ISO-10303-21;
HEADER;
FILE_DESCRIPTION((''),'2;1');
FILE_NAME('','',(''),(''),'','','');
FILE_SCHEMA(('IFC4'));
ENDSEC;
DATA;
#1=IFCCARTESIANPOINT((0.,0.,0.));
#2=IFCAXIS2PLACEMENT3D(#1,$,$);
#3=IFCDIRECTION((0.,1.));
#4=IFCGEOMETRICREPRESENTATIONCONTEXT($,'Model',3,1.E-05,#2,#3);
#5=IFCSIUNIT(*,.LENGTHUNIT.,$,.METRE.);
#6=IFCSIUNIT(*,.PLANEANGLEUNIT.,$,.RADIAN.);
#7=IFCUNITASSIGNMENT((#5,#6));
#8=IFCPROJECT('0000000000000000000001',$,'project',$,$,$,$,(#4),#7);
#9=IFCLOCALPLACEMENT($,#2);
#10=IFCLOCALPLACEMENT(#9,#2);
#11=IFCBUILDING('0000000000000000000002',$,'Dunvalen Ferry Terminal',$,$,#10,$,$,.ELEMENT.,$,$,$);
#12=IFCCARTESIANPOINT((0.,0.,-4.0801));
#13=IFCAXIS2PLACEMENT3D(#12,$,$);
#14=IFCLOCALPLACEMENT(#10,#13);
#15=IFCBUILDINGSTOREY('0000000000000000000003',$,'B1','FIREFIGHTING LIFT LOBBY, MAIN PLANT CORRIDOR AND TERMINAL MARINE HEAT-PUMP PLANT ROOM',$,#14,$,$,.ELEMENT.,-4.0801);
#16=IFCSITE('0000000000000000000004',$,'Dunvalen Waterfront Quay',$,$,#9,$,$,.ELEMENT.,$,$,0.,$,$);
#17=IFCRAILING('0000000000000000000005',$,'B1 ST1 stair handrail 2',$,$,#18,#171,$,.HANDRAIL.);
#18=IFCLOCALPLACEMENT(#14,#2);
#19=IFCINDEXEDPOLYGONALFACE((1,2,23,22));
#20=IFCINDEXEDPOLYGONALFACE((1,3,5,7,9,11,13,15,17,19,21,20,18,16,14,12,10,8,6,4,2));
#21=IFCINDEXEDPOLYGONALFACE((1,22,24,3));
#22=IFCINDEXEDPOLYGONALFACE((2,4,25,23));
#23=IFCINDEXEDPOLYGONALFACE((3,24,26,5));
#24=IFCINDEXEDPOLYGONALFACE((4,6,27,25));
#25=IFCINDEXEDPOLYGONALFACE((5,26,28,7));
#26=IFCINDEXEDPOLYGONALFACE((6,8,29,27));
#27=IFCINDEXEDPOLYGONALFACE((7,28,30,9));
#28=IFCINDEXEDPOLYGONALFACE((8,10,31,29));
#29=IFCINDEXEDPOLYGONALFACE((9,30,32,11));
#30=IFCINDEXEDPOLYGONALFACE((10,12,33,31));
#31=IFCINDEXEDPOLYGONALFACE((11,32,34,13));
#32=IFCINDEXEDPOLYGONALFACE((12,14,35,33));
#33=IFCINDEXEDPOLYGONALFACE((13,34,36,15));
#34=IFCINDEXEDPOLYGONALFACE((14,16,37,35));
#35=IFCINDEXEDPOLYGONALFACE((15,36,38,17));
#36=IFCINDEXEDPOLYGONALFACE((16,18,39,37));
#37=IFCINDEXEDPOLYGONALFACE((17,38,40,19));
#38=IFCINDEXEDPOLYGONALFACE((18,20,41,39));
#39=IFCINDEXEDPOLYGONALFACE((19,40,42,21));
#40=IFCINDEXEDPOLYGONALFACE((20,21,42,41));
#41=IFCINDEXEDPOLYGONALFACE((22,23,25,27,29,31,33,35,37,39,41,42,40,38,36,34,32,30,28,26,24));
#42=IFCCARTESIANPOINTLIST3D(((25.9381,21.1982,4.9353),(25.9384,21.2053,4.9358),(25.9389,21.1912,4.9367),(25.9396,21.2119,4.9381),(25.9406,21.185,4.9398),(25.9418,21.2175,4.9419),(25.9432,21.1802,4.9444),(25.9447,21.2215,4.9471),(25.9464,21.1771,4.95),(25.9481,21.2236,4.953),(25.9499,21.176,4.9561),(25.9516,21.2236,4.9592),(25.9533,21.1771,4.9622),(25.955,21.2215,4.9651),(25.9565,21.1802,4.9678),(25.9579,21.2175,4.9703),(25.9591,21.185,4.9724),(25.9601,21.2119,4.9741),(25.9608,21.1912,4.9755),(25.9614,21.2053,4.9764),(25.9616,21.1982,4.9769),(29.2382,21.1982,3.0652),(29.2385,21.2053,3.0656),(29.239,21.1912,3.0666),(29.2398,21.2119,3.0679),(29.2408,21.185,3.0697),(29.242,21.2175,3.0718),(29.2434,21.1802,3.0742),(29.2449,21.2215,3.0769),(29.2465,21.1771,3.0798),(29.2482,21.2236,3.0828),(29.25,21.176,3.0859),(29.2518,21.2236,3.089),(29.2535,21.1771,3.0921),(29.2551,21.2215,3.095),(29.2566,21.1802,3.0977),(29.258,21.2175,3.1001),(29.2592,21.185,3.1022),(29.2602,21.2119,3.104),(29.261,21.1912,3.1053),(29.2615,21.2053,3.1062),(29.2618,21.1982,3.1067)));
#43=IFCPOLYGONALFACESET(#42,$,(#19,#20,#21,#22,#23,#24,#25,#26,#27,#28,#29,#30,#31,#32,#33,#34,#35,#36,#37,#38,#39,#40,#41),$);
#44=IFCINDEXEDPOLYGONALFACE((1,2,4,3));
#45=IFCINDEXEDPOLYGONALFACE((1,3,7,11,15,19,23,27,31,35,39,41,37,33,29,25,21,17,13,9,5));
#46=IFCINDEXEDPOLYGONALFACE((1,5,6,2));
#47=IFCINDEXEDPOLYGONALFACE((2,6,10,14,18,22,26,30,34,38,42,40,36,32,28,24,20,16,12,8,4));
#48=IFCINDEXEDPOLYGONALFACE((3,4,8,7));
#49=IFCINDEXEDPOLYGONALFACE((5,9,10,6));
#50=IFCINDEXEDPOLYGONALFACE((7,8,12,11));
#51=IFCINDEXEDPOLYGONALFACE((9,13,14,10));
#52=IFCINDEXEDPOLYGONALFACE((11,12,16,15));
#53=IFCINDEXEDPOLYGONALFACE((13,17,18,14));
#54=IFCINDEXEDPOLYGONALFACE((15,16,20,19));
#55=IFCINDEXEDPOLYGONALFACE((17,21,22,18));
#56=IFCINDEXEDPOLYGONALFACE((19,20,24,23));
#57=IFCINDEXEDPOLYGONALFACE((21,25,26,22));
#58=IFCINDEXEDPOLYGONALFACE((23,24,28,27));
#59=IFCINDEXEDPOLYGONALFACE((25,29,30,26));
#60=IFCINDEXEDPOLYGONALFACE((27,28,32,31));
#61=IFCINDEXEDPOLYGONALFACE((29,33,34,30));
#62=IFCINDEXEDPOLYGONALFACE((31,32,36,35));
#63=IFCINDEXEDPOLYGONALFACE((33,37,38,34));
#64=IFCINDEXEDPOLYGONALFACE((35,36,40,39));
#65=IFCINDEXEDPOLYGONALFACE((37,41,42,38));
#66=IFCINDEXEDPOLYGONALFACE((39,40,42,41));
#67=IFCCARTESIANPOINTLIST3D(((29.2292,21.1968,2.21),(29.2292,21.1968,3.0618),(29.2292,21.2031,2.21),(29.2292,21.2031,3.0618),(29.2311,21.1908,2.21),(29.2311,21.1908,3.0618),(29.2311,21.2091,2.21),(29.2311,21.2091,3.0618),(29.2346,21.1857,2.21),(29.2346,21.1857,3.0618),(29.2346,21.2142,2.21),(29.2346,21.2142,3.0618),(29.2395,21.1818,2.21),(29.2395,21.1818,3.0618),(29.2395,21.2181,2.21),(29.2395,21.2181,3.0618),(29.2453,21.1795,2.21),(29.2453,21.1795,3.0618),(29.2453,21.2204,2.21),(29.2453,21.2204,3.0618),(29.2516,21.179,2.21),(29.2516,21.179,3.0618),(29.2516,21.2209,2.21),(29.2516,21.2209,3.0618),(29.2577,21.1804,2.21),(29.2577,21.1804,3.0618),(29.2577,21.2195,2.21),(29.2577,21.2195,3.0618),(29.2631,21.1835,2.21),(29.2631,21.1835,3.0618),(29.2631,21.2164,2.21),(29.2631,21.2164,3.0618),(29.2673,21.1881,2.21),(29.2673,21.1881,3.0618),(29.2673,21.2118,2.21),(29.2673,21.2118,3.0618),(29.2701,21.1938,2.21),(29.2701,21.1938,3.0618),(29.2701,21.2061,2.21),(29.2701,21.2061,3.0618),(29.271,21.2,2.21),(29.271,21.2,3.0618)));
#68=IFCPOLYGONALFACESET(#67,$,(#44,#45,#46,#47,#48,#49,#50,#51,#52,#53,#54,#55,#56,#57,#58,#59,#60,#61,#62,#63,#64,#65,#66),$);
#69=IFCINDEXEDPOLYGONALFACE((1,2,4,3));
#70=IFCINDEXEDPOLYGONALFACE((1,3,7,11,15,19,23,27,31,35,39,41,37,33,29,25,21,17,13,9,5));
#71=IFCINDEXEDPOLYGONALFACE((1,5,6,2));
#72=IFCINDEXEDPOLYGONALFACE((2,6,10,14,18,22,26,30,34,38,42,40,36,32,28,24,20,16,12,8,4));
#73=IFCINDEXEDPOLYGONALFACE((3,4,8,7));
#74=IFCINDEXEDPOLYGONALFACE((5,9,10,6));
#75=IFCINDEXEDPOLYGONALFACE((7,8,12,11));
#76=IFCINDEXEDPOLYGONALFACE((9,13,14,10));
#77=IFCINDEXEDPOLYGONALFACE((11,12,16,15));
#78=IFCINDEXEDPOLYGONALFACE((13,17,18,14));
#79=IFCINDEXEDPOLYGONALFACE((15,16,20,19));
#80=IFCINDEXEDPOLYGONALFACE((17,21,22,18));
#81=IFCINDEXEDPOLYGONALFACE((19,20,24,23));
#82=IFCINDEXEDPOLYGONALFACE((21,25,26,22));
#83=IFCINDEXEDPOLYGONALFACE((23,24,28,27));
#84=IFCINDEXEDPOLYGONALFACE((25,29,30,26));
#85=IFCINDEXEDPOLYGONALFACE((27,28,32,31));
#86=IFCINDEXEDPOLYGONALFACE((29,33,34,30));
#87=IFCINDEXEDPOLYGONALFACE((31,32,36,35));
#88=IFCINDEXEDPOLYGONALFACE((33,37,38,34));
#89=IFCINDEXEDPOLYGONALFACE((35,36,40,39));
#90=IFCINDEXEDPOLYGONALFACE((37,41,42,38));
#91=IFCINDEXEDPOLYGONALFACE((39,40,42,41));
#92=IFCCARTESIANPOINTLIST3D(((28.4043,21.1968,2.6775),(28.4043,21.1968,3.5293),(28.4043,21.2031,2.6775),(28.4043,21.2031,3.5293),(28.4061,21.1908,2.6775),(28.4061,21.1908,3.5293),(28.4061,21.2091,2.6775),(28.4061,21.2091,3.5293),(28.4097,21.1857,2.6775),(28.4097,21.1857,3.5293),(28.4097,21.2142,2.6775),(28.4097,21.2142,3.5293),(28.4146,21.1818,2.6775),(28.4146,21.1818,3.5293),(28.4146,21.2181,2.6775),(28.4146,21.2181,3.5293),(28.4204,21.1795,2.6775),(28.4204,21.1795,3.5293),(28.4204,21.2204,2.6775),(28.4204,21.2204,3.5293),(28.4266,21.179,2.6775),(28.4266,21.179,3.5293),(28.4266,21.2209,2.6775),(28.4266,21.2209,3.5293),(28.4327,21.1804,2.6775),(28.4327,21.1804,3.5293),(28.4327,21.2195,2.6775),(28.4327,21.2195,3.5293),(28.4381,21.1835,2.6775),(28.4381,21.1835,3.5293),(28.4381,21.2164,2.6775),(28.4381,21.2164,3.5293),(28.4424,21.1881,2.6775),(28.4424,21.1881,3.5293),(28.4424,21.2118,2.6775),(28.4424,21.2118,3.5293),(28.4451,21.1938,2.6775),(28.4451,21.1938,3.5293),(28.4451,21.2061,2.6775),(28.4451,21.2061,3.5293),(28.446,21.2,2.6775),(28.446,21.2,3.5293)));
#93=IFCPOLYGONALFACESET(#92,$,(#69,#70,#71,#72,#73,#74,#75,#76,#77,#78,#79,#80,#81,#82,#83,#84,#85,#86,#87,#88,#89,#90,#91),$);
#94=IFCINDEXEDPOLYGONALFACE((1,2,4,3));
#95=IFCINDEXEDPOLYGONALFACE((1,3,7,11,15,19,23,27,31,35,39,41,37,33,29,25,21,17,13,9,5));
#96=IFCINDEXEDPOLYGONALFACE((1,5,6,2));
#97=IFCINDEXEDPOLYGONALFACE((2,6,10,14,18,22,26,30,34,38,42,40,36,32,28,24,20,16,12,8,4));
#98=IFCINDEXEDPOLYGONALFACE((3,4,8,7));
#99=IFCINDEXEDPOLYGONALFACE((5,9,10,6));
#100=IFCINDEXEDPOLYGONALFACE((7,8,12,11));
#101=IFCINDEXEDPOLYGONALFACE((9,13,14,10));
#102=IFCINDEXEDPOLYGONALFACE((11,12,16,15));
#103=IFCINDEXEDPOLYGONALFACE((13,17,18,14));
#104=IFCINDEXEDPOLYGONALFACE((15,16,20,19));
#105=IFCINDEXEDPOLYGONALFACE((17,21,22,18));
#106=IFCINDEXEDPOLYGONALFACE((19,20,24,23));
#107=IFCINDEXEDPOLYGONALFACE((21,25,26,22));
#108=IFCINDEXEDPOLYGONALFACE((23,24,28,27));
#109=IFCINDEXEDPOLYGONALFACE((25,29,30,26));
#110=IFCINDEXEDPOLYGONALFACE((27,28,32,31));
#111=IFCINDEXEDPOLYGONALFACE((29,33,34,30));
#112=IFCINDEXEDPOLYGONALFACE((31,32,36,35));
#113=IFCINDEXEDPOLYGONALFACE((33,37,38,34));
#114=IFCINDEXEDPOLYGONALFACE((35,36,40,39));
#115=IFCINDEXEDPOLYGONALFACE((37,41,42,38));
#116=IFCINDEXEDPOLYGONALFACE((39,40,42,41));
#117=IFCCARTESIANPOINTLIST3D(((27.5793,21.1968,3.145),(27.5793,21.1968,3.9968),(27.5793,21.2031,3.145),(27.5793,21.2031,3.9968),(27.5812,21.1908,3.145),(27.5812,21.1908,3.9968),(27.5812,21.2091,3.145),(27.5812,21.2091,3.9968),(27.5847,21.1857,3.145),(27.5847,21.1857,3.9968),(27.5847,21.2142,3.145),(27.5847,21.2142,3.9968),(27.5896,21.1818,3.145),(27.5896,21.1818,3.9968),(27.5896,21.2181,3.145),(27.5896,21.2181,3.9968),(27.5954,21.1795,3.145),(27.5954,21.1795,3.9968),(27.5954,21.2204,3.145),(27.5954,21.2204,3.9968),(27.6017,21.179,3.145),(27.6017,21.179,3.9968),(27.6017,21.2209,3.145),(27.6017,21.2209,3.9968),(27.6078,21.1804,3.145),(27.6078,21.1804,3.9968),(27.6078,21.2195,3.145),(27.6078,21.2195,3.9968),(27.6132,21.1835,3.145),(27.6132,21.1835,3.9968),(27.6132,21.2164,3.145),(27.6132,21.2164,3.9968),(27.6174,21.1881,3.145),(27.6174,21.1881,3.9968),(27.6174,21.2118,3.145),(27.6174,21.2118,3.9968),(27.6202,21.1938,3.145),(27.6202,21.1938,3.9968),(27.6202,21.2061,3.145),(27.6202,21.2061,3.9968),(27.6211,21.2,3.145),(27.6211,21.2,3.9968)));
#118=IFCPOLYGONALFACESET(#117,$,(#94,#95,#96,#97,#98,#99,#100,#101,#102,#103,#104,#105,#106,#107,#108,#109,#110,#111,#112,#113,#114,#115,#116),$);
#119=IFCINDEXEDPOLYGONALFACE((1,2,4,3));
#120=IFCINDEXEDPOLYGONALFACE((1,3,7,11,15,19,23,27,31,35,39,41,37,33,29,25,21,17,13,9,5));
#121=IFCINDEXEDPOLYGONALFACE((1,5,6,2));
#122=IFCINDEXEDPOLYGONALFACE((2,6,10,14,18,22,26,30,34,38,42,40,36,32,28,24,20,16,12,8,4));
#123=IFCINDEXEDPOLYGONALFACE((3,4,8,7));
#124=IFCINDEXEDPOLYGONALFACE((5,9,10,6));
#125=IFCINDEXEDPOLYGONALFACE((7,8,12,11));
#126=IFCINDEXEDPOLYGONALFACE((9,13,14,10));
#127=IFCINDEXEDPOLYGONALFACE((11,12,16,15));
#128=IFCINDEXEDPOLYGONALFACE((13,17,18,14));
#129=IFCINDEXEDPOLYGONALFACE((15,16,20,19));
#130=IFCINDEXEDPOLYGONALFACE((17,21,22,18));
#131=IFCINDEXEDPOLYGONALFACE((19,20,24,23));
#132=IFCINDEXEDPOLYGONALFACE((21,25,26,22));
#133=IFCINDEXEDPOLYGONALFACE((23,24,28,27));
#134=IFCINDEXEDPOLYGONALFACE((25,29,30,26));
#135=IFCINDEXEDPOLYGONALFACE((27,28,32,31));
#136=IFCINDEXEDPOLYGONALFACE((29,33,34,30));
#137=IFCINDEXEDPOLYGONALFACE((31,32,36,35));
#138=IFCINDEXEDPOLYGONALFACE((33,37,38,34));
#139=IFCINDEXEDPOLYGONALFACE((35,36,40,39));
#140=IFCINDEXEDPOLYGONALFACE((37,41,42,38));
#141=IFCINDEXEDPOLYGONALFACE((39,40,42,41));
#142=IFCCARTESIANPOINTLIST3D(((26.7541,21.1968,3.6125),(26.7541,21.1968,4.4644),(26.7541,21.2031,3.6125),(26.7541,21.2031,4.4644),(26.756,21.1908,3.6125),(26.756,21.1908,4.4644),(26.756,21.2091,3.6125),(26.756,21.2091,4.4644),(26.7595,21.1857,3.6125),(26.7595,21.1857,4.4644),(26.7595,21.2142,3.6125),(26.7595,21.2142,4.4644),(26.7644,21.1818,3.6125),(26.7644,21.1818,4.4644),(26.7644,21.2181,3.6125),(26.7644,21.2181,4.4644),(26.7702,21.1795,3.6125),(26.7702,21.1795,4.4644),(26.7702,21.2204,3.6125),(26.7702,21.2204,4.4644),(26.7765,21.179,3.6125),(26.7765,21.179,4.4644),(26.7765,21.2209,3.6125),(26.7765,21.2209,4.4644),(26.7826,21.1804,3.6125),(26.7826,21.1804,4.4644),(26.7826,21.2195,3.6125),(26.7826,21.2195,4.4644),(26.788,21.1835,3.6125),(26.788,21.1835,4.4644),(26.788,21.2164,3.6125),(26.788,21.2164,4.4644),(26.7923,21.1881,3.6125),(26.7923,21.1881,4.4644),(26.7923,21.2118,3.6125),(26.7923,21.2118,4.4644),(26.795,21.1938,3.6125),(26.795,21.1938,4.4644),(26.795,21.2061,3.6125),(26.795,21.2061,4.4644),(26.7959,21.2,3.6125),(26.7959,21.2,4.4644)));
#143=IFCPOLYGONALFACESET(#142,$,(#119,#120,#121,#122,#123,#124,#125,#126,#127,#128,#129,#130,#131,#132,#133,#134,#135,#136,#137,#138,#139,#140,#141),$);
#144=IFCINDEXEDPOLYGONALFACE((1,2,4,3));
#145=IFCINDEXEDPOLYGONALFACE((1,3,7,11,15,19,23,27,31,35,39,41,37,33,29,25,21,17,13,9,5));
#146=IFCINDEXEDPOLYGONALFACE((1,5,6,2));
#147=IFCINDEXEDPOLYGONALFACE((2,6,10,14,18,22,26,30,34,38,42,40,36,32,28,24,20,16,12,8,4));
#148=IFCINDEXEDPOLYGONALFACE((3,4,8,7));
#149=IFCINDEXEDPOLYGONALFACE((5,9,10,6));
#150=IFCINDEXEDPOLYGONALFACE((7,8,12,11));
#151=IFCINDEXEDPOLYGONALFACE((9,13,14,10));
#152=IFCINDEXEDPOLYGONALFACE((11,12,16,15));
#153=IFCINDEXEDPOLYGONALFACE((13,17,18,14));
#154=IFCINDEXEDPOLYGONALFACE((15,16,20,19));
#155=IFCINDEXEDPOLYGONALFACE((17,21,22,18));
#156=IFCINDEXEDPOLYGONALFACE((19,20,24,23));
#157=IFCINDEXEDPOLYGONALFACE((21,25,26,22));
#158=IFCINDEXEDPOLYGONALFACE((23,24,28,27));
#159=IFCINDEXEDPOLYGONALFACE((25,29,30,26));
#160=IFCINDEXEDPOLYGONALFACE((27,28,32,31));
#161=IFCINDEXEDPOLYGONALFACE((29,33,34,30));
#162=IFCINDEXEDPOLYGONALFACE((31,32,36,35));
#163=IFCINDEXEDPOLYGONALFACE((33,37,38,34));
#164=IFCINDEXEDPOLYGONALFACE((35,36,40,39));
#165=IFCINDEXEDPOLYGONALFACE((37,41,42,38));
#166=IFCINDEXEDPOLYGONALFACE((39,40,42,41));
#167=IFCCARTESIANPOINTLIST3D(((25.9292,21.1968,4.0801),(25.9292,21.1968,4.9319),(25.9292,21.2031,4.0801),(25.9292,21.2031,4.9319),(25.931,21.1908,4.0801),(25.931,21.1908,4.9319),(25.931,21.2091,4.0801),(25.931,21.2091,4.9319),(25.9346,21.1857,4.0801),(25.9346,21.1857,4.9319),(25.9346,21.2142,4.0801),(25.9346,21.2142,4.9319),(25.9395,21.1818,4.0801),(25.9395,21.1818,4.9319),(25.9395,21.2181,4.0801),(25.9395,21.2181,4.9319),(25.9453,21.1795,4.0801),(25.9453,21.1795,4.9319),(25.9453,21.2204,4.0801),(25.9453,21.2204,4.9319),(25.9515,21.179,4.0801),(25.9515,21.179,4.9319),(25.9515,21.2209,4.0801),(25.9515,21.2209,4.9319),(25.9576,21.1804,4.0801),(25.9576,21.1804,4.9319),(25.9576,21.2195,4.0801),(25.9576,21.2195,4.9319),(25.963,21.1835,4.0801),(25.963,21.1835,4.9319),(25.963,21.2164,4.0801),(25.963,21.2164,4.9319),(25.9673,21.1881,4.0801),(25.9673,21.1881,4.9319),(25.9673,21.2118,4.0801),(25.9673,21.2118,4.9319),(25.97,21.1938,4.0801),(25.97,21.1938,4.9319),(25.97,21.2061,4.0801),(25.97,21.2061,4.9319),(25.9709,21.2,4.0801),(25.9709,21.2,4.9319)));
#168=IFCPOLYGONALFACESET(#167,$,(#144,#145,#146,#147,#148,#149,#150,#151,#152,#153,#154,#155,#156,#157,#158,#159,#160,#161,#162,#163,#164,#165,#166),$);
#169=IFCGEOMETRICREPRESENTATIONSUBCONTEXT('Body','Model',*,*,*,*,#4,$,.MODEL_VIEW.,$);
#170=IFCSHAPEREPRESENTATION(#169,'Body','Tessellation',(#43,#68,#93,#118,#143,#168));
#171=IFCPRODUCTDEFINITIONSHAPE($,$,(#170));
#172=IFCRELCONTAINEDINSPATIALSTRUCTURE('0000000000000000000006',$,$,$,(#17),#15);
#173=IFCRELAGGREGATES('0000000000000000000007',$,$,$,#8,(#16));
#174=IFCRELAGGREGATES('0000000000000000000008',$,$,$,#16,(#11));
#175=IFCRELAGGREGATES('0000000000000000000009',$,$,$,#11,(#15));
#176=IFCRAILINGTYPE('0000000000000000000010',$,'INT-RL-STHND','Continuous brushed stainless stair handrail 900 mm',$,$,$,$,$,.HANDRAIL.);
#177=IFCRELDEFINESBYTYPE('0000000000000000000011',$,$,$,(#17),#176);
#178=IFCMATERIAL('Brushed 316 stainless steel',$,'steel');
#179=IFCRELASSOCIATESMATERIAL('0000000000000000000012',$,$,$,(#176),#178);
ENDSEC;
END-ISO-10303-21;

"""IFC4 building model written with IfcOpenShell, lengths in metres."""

from ifc_helpers import new_model, si_unit, direction, frame, origin, origin_2d, place, context, subcontext, project, spatial, circle, extrude, material, type_object, element, save


model = new_model("IFC4")

# Units and contexts
model_context = context("Model", 3, precision=1e-05, world=origin(), true_north=direction((0.0, 1.0)))
body_context = subcontext(model_context, "Body", "Model", "MODEL_VIEW")
ifc_project = project(units=[si_unit("LENGTHUNIT", "METRE"), si_unit("PLANEANGLEUNIT", "RADIAN")], contexts=[model_context])

# Site, building, storey
site_placement = place(None, origin())
site = spatial("IfcSite", under=ifc_project, at=site_placement, Name="Dunvalen Waterfront Quay", CompositionType="ELEMENT", RefElevation=0.0)
building_placement = place(site_placement, origin())
building = spatial("IfcBuilding", under=site, at=building_placement, Name="Dunvalen Ferry Terminal", CompositionType="ELEMENT")
storey_placement = place(building_placement, frame((0.0, 0.0, -4.0801)))
storey = spatial("IfcBuildingStorey", under=building, at=storey_placement, Name="B1", Description="FIREFIGHTING LIFT LOBBY, MAIN PLANT CORRIDOR AND TERMINAL MARINE HEAT-PUMP PLANT ROOM", CompositionType="ELEMENT", Elevation=-4.0801)

# Railing
ifc_material_1 = material(Name="Brushed 316 stainless steel", Category="steel")
railing_type_1 = type_object("IfcRailingType", Name="INT-RL-STHND", Description="Continuous brushed stainless stair handrail 900 mm", PredefinedType="HANDRAIL", material=ifc_material_1)
railing_1_placement = place(storey_placement, frame((29.25, 21.2, 2.21)))
element("IfcRailing", 1, at=railing_1_placement, inside=storey, type_object=railing_type_1, Name="B1 ST1 stair handrail 2", PredefinedType="HANDRAIL", context=body_context, shape_type="SweptSolid", body=[
    extrude(circle(Radius=0.0239, at=origin_2d()), frame((0.0, 0.0, 0.876), z_axis=(-0.870012, 0.0, 0.49303), x_axis=(0.0, -1.0, 0.0)), (0.0, 0.0, 1.0), 3.7932),
    extrude(circle(Radius=0.021, at=origin_2d()), origin(), (0.0, 0.0, 1.0), 0.8518),
    extrude(circle(Radius=0.021, at=origin_2d()), frame((-0.825, 0.0, 0.4675)), (0.0, 0.0, 1.0), 0.8518),
    extrude(circle(Radius=0.021, at=origin_2d()), frame((-1.6499, 0.0, 0.9351)), (0.0, 0.0, 1.0), 0.8518),
    extrude(circle(Radius=0.021, at=origin_2d()), frame((-2.4751, 0.0, 1.4026)), (0.0, 0.0, 1.0), 0.8518),
    extrude(circle(Radius=0.021, at=origin_2d()), frame((-3.3, 0.0, 1.8701)), (0.0, 0.0, 1.0), 0.8518),
])

save(model, "model.ifc")
